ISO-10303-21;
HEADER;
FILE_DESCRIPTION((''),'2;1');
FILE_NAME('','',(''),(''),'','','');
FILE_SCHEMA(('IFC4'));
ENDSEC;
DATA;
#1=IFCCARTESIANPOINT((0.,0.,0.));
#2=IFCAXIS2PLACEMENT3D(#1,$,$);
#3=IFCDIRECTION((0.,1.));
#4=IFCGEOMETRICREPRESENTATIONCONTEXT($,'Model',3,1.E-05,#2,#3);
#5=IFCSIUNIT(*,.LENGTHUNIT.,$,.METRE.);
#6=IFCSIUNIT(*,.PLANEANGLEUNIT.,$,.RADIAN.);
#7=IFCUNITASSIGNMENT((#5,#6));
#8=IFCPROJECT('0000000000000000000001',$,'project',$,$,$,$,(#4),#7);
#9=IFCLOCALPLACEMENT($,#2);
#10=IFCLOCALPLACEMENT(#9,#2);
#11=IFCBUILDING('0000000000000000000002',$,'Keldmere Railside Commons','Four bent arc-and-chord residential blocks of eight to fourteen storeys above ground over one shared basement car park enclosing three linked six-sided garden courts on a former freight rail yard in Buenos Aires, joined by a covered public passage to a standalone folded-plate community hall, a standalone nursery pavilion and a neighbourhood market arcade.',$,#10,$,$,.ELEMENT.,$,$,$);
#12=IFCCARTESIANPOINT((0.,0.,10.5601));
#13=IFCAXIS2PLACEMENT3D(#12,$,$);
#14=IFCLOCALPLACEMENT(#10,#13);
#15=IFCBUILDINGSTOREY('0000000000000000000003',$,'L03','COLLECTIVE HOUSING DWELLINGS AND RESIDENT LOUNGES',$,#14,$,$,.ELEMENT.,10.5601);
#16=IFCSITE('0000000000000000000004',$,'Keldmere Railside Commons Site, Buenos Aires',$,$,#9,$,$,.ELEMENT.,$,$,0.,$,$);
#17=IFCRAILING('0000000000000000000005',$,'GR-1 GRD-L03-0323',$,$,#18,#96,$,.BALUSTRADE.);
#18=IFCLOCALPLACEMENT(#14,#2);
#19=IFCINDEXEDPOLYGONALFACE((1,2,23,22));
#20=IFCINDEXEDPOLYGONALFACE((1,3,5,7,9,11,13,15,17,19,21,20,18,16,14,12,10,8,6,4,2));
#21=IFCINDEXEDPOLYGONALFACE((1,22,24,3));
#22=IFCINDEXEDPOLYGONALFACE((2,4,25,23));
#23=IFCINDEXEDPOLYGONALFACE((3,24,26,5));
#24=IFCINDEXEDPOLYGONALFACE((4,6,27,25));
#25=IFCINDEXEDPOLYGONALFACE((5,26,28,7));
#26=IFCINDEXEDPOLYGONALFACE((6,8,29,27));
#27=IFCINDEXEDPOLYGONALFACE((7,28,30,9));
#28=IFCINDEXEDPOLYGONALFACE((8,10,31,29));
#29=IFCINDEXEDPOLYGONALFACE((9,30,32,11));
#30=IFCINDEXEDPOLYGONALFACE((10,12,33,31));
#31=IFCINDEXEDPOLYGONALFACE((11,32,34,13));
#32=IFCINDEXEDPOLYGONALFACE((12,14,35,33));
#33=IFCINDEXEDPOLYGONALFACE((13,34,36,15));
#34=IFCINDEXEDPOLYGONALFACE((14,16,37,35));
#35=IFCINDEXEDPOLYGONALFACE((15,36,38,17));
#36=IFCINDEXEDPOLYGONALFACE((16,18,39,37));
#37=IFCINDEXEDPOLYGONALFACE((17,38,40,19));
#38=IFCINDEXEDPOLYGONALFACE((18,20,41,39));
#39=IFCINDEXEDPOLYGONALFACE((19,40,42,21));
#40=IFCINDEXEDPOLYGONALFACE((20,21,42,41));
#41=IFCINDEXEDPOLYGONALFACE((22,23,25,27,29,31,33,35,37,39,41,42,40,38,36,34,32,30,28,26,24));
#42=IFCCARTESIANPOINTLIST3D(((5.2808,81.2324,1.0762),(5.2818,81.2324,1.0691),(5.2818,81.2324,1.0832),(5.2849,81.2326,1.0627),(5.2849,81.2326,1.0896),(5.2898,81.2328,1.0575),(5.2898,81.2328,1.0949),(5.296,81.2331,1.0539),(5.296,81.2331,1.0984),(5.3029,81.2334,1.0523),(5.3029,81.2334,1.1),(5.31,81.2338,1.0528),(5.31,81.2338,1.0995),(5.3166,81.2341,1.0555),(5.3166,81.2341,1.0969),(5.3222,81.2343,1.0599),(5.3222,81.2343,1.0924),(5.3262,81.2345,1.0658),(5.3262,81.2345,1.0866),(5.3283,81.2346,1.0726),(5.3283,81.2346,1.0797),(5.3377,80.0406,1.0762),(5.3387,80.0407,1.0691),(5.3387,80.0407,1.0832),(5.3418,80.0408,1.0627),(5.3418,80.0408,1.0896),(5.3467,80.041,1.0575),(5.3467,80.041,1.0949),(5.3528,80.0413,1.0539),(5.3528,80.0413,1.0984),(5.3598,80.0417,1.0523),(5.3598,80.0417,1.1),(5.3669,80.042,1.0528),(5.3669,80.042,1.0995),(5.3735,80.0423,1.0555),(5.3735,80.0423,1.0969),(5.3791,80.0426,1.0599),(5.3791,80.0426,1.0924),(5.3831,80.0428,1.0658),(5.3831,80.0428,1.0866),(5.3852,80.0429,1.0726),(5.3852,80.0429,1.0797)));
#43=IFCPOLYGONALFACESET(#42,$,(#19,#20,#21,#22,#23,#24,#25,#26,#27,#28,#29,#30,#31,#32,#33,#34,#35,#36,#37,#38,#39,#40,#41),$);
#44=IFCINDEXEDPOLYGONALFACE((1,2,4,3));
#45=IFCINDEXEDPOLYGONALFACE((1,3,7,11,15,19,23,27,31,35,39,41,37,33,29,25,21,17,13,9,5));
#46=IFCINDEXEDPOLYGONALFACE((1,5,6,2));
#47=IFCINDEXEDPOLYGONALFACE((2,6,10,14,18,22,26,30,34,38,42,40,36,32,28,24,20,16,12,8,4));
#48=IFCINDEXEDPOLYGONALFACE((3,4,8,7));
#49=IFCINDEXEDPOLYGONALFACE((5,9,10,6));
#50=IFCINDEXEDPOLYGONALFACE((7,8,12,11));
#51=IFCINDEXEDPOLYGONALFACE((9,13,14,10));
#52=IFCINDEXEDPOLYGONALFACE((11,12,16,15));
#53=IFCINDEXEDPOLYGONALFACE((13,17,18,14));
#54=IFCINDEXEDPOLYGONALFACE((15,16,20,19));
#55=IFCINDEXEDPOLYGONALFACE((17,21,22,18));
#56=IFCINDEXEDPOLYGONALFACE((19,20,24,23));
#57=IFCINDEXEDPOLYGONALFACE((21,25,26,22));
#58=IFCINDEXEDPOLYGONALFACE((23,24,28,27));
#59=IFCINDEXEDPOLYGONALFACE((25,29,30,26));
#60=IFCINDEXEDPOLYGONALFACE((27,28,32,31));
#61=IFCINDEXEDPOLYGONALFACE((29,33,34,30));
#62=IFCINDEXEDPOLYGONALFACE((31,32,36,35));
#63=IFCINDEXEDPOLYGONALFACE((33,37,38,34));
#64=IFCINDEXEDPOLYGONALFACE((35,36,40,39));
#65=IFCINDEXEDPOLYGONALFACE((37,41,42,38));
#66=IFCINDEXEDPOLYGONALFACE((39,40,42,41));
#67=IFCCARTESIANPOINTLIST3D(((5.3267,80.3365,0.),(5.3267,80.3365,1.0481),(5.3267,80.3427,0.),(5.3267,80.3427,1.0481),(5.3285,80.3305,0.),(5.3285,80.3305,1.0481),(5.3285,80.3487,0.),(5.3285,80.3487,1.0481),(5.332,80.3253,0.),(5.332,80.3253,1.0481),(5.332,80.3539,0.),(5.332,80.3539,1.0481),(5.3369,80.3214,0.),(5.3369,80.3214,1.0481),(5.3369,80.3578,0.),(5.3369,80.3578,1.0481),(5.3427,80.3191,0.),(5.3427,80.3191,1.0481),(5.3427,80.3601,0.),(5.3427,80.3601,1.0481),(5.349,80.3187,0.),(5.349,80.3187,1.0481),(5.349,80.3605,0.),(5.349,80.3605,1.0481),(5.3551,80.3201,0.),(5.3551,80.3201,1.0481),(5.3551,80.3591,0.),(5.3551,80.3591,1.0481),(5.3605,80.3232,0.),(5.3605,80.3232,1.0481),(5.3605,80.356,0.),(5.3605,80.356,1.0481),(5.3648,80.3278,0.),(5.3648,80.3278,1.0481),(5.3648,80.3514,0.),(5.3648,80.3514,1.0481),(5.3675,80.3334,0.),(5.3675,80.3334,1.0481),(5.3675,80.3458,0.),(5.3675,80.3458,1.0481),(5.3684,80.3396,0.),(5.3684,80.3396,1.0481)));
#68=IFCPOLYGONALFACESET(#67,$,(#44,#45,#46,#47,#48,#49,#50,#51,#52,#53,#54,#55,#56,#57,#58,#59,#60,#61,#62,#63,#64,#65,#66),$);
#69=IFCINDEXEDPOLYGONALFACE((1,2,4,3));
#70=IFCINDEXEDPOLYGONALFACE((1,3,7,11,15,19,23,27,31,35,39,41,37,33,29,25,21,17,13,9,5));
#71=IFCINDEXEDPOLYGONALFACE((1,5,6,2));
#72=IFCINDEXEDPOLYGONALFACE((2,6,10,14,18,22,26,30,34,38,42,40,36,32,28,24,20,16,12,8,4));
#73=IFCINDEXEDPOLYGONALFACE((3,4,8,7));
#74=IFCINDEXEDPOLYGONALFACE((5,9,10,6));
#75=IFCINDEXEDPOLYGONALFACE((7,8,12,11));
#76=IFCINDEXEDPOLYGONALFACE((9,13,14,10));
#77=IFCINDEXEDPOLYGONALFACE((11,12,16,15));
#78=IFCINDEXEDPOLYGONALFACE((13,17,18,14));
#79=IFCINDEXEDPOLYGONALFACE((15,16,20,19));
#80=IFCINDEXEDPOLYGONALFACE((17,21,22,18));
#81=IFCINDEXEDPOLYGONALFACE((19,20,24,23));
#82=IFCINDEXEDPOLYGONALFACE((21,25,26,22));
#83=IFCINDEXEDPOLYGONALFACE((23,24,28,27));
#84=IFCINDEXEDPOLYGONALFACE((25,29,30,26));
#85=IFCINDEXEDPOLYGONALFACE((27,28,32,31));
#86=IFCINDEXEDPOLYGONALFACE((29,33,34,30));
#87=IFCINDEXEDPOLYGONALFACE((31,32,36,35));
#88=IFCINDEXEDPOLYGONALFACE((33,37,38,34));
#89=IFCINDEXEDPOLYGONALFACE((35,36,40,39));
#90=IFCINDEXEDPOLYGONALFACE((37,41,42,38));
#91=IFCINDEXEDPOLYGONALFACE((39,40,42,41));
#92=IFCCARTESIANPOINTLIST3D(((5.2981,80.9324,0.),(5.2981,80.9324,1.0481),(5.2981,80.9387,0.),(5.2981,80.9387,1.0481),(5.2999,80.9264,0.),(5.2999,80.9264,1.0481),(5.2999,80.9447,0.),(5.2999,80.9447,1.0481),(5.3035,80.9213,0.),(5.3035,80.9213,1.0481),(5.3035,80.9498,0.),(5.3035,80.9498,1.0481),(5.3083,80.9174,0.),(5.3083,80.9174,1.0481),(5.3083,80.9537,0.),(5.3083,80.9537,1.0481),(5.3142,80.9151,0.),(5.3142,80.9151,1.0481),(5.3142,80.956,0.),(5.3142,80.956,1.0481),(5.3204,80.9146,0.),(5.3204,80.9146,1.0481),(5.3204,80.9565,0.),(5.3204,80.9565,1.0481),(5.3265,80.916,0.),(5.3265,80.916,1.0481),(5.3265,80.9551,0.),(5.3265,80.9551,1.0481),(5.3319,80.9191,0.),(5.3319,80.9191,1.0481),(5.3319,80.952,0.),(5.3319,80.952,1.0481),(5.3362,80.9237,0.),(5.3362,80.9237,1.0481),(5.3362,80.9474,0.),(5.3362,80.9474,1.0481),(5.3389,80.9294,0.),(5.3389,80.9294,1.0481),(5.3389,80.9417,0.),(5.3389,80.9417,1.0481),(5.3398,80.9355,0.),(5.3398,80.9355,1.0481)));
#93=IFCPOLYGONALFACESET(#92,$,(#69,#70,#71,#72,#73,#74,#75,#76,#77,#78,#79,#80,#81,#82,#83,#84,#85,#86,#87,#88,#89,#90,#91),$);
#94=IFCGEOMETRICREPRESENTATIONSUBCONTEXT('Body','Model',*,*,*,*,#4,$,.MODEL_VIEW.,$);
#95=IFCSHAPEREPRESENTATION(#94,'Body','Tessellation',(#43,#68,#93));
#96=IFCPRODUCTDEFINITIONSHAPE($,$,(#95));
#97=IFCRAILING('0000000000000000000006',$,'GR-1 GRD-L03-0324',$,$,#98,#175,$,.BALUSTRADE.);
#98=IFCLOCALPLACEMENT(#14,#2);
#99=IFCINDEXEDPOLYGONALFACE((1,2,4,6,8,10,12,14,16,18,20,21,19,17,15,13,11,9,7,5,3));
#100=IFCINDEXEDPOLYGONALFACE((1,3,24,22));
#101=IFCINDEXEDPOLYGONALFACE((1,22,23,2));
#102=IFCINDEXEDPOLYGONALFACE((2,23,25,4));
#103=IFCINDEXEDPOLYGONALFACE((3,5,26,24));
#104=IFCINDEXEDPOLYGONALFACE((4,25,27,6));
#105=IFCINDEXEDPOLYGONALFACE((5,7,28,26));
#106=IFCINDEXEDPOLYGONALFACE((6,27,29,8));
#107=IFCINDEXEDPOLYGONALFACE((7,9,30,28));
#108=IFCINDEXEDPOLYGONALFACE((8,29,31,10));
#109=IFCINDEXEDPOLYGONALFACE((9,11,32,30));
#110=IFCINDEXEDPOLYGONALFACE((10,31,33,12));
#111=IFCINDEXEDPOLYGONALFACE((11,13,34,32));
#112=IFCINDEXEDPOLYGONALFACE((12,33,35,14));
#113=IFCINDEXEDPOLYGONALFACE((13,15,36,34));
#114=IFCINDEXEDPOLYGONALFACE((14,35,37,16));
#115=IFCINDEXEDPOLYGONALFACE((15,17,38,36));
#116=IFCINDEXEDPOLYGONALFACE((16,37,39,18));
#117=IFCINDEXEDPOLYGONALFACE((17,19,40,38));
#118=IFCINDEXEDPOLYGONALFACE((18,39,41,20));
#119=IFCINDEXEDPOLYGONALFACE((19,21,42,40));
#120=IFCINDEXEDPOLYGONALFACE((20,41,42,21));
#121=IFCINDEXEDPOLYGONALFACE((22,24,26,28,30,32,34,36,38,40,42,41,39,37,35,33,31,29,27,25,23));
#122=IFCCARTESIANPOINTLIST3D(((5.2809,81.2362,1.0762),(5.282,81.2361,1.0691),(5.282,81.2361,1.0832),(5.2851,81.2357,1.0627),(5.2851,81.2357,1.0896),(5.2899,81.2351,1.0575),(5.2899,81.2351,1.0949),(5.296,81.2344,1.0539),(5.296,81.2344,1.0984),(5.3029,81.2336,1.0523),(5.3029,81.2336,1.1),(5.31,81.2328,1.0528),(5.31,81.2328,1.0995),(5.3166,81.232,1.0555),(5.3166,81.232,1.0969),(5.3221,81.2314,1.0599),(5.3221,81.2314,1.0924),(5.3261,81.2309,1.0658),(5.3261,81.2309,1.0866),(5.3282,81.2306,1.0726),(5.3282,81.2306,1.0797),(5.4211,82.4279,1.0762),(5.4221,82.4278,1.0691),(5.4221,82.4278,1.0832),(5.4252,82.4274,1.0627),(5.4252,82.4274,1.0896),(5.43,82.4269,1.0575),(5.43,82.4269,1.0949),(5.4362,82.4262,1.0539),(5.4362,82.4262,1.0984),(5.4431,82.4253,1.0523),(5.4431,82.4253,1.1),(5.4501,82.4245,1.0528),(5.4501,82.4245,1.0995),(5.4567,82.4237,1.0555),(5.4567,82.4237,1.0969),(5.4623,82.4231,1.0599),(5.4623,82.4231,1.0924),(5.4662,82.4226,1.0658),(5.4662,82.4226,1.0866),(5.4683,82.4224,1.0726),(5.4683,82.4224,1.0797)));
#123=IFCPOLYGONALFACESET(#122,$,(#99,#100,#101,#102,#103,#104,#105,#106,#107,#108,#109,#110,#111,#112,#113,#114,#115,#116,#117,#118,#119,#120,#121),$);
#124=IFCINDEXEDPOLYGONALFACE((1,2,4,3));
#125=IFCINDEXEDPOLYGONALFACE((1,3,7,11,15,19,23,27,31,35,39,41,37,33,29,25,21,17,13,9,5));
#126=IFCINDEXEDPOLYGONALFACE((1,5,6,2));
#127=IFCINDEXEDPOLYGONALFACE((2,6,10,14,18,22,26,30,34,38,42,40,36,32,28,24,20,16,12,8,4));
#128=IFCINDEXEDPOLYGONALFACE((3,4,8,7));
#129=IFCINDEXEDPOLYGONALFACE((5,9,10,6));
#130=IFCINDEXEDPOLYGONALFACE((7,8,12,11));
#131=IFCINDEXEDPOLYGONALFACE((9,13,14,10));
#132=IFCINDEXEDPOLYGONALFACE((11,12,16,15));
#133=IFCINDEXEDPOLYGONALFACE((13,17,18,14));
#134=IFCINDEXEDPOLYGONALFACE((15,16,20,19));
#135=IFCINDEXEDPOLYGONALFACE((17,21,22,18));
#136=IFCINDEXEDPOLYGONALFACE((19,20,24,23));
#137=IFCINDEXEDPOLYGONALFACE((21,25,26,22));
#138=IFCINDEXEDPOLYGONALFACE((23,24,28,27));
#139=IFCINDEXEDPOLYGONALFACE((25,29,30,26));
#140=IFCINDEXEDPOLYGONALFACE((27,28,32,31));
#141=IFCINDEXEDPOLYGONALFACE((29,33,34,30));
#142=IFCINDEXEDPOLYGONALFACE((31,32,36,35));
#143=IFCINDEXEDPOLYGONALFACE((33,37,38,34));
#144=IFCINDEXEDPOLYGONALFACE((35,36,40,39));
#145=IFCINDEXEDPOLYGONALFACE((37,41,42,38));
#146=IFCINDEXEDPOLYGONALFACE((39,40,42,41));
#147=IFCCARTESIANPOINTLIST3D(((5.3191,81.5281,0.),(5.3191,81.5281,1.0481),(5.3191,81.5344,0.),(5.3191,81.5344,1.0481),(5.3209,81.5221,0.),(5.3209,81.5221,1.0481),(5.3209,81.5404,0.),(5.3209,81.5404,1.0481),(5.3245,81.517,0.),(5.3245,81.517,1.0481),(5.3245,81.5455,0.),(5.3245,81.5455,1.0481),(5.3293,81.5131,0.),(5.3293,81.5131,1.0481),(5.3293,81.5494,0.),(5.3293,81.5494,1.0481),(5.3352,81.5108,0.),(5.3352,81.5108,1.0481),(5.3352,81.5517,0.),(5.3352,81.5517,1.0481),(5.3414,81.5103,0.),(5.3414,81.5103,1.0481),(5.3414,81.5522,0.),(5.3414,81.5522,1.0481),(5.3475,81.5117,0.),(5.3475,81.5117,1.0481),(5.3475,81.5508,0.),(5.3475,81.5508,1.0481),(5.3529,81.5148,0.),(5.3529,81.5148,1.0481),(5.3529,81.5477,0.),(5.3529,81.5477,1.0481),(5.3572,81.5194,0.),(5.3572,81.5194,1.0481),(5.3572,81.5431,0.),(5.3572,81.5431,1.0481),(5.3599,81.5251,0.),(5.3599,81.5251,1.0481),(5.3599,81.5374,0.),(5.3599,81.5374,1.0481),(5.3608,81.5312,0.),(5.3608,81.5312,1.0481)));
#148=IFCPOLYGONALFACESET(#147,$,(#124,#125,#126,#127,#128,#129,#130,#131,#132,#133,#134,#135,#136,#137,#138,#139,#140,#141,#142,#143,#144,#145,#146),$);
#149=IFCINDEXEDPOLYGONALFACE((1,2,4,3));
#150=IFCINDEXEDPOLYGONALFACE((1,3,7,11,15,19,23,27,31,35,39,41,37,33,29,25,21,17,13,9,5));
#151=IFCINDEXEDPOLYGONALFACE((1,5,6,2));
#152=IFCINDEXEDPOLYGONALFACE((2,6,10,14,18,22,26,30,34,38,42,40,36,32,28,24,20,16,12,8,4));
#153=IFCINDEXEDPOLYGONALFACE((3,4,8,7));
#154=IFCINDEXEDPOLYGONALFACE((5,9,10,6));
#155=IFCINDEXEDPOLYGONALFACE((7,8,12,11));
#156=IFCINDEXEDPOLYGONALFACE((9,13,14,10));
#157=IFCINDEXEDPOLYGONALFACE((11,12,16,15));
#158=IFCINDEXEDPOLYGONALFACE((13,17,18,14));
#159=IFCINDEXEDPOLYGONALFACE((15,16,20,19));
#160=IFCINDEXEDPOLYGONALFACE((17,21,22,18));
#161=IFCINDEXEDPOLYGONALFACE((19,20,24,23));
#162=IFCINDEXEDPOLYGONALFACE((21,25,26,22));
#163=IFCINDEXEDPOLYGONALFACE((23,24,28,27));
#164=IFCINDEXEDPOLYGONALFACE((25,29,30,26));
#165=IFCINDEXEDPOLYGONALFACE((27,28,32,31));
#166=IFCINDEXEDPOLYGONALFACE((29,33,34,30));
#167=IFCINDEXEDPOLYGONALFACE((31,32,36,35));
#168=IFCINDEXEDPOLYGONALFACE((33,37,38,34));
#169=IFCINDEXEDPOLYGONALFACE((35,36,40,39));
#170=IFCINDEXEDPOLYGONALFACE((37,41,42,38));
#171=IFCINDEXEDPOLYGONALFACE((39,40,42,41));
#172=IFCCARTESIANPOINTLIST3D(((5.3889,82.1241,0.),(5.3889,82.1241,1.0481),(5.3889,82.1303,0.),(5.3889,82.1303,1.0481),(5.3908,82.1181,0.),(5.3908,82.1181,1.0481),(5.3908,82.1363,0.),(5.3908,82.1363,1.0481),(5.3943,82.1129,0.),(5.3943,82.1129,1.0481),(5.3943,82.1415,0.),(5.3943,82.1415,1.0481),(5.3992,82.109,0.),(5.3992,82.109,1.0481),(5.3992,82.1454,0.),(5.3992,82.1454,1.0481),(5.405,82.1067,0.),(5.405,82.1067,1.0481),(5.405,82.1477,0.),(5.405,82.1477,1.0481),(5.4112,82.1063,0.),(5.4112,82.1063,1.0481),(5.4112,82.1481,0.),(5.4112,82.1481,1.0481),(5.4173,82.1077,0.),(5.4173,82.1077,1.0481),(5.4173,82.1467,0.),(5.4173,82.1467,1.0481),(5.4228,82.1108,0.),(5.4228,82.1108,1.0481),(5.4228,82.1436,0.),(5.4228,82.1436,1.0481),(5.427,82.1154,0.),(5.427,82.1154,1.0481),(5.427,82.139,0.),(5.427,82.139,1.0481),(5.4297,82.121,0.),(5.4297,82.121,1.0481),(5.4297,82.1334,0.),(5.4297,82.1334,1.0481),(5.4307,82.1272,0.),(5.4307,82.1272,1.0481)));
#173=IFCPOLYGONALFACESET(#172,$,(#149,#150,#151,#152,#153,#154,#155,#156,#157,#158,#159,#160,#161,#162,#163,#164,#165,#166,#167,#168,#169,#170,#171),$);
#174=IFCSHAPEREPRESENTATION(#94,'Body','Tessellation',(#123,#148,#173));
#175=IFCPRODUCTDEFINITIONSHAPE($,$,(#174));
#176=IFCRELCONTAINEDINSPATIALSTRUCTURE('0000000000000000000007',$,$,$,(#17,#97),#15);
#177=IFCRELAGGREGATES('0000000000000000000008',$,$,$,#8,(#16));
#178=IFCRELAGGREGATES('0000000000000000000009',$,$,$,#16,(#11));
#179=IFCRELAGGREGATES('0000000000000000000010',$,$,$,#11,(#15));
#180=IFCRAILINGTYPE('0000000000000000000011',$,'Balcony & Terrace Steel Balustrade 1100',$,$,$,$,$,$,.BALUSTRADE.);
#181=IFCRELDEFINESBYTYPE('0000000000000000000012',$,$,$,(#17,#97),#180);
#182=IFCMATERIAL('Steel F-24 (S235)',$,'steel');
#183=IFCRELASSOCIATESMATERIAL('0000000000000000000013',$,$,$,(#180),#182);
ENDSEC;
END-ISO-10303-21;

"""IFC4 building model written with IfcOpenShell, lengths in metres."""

from ifc_helpers import new_model, si_unit, direction, frame, origin, origin_2d, place, context, subcontext, project, spatial, circle, extrude, material, type_object, element, save


model = new_model("IFC4")

# Units and contexts
model_context = context("Model", 3, precision=1e-05, world=origin(), true_north=direction((0.0, 1.0)))
body_context = subcontext(model_context, "Body", "Model", "MODEL_VIEW")
ifc_project = project(units=[si_unit("LENGTHUNIT", "METRE"), si_unit("PLANEANGLEUNIT", "RADIAN")], contexts=[model_context])

# Site, building, storey
site_placement = place(None, origin())
site = spatial("IfcSite", under=ifc_project, at=site_placement, Name="Keldmere Railside Commons Site, Buenos Aires", CompositionType="ELEMENT", RefElevation=0.0)
building_placement = place(site_placement, origin())
building = spatial("IfcBuilding", under=site, at=building_placement, Name="Keldmere Railside Commons", Description="Four bent arc-and-chord residential blocks of eight to fourteen storeys above ground over one shared basement car park enclosing three linked six-sided garden courts on a former freight rail yard in Buenos Aires, joined by a covered public passage to a standalone folded-plate community hall, a standalone nursery pavilion and a neighbourhood market arcade.", CompositionType="ELEMENT")
storey_placement = place(building_placement, frame((0.0, 0.0, 10.5601)))
storey = spatial("IfcBuildingStorey", under=building, at=storey_placement, Name="L03", Description="COLLECTIVE HOUSING DWELLINGS AND RESIDENT LOUNGES", CompositionType="ELEMENT", Elevation=10.5601)

# Shared definitions
ifc_material_1 = material(Name="Steel F-24 (S235)", Category="steel")

# Railings
railing_type_1 = type_object("IfcRailingType", Name="Balcony & Terrace Steel Balustrade 1100", PredefinedType="BALUSTRADE", material=ifc_material_1)
railing_1_placement = place(storey_placement, frame((5.3616, 80.0417, 0.0)))
element("IfcRailing", 1, at=railing_1_placement, inside=storey, type_object=railing_type_1, Name="GR-1 GRD-L03-0323", PredefinedType="BALUSTRADE", context=body_context, shape_type="SweptSolid", body=[
    extrude(circle(Radius=0.0239, at=origin_2d()), frame((0.0, 0.0, 1.0762), z_axis=(-0.047682, 0.998863, 0.0), x_axis=(-0.998863, -0.047682, 0.0)), (0.0, 0.0, 1.0), 1.1931),
    extrude(circle(Radius=0.021, at=origin_2d()), frame((-0.0142, 0.2979, 0.0)), (0.0, 0.0, 1.0), 1.0481),
    extrude(circle(Radius=0.021, at=origin_2d()), frame((-0.0427, 0.8938, 0.0)), (0.0, 0.0, 1.0), 1.0481),
])
railing_2_placement = place(storey_placement, frame((5.3047, 81.2334, 0.0)))
element("IfcRailing", 2, at=railing_2_placement, inside=storey, type_object=railing_type_1, Name="GR-1 GRD-L03-0324", PredefinedType="BALUSTRADE", context=body_context, shape_type="SweptSolid", body=[
    extrude(circle(Radius=0.0239, at=origin_2d()), frame((0.0, 0.0, 1.0762), z_axis=(0.116794, 0.993156, 0.0), x_axis=(-0.993156, 0.116794, 0.0)), (0.0, 0.0, 1.0), 1.2),
    extrude(circle(Radius=0.021, at=origin_2d()), frame((0.0352, 0.2979, 0.0)), (0.0, 0.0, 1.0), 1.0481),
    extrude(circle(Radius=0.021, at=origin_2d()), frame((0.105, 0.8938, 0.0)), (0.0, 0.0, 1.0), 1.0481),
])

save(model, "model.ifc")
